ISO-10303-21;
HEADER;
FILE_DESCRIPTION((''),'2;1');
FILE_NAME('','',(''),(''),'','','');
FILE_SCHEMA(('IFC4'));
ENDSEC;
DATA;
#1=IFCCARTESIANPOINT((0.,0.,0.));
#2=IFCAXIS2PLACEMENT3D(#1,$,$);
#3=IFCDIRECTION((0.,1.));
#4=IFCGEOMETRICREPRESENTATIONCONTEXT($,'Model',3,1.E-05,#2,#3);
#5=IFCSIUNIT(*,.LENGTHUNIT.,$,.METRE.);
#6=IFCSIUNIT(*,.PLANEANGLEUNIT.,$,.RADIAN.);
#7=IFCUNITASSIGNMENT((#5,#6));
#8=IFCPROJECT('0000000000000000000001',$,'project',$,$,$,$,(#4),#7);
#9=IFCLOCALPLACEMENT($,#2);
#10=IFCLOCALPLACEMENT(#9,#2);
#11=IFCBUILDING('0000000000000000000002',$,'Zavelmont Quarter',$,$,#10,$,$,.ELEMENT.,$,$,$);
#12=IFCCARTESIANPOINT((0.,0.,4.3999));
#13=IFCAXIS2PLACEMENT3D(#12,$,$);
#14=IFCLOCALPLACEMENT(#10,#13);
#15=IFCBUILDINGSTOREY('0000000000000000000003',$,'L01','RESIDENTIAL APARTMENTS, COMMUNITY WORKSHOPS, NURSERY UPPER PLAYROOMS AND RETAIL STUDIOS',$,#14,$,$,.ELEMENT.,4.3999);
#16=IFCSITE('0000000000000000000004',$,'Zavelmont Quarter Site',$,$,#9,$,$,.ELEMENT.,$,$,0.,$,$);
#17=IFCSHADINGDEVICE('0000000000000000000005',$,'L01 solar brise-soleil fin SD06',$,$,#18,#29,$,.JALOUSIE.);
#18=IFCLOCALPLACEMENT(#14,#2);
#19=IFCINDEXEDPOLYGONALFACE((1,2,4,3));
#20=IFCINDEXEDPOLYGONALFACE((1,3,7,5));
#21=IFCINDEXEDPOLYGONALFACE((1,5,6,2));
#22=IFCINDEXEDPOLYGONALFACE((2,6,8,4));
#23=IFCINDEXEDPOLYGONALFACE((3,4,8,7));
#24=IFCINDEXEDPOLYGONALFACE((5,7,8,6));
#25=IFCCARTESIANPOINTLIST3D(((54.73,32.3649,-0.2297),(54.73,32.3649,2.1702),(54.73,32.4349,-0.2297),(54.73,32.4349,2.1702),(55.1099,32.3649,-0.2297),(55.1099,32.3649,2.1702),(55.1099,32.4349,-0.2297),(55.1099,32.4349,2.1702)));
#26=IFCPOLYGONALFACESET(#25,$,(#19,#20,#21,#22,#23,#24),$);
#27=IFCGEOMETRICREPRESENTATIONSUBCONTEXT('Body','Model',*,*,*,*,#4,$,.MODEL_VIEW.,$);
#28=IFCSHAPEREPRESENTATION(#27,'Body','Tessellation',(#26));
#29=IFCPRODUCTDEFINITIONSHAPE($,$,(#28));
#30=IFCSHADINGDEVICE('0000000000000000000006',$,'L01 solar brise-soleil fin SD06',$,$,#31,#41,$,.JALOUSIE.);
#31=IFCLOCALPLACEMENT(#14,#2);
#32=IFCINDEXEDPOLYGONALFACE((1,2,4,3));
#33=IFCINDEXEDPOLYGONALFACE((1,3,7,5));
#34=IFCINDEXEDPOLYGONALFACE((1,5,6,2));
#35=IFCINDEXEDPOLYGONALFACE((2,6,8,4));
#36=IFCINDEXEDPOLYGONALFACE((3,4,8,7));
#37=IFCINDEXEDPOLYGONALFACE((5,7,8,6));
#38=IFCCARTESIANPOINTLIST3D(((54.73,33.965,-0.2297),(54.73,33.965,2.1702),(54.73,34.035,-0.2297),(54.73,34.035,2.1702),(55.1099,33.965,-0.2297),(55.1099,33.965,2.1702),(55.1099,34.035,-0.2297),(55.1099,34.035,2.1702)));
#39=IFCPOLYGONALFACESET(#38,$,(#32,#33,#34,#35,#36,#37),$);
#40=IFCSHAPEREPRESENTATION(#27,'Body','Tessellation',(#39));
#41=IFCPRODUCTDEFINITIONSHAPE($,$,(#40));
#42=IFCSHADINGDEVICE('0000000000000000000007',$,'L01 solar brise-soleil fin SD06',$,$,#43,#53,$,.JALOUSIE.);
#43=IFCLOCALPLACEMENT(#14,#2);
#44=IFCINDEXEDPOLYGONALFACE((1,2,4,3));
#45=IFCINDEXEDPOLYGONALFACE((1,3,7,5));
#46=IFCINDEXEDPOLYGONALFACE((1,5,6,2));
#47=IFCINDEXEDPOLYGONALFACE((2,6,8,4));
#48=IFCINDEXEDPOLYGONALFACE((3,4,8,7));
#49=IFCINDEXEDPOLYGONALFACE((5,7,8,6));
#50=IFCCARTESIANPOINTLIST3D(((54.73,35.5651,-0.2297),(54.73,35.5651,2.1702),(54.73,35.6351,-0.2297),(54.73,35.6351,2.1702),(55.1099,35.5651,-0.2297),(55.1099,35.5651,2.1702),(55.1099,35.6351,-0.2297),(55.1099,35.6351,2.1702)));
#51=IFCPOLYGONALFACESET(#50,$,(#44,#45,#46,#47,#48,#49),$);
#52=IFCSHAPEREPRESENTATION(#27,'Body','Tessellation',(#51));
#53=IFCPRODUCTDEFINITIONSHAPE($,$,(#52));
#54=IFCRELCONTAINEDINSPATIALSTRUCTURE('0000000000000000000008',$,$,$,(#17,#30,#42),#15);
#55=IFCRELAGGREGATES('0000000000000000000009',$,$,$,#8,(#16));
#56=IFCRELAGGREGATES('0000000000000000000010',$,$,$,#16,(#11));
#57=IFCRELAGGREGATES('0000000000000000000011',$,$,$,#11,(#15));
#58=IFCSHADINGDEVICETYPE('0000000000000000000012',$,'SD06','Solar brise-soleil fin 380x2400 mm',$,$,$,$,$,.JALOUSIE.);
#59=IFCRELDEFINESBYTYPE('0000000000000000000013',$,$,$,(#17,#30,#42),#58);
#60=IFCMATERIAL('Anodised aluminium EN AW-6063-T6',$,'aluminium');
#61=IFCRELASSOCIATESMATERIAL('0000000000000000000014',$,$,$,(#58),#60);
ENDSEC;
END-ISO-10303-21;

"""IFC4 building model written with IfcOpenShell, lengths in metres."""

from ifc_helpers import new_model, si_unit, direction, frame, origin, origin_2d, place, context, subcontext, project, spatial, rectangle, extrude, material, type_object, element, save


model = new_model("IFC4")

# Units and contexts
model_context = context("Model", 3, precision=1e-05, world=origin(), true_north=direction((0.0, 1.0)))
body_context = subcontext(model_context, "Body", "Model", "MODEL_VIEW")
ifc_project = project(units=[si_unit("LENGTHUNIT", "METRE"), si_unit("PLANEANGLEUNIT", "RADIAN")], contexts=[model_context])

# Site, building, storey
site_placement = place(None, origin())
site = spatial("IfcSite", under=ifc_project, at=site_placement, Name="Zavelmont Quarter Site", CompositionType="ELEMENT", RefElevation=0.0)
building_placement = place(site_placement, origin())
building = spatial("IfcBuilding", under=site, at=building_placement, Name="Zavelmont Quarter", CompositionType="ELEMENT")
storey_placement = place(building_placement, frame((0.0, 0.0, 4.3999)))
storey = spatial("IfcBuildingStorey", under=building, at=storey_placement, Name="L01", Description="RESIDENTIAL APARTMENTS, COMMUNITY WORKSHOPS, NURSERY UPPER PLAYROOMS AND RETAIL STUDIOS", CompositionType="ELEMENT", Elevation=4.3999)

# Shading devices
ifc_material_1 = material(Name="Anodised aluminium EN AW-6063-T6", Category="aluminium")
shading_device_type_1 = type_object("IfcShadingDeviceType", Name="SD06", Description="Solar brise-soleil fin 380x2400 mm", PredefinedType="JALOUSIE", material=ifc_material_1)
for number, where, z_axis, x_axis, name in (
    (1, (54.9199, 32.3999, -0.2297), (0.0, 0.0, 1.0), (0.0, 1.0, 0.0), "L01 solar brise-soleil fin SD06"),
    (2, (54.9199, 34.0, -0.2297), (0.0, 0.0, 1.0), (0.0, 1.0, 0.0), "L01 solar brise-soleil fin SD06"),
    (3, (54.9199, 35.6001, -0.2297), (0.0, 0.0, 1.0), (0.0, 1.0, 0.0), "L01 solar brise-soleil fin SD06"),
):
    element("IfcShadingDevice", number, at=place(storey_placement, frame(where, z_axis=z_axis, x_axis=x_axis)), inside=storey, type_object=shading_device_type_1, Name=name, PredefinedType="JALOUSIE", context=body_context, shape_type="SweptSolid", body=[
        extrude(rectangle(XDim=0.0701, YDim=0.3799, at=origin_2d()), origin(), (0.0, 0.0, 1.0), 2.3999),
    ])

save(model, "model.ifc")
